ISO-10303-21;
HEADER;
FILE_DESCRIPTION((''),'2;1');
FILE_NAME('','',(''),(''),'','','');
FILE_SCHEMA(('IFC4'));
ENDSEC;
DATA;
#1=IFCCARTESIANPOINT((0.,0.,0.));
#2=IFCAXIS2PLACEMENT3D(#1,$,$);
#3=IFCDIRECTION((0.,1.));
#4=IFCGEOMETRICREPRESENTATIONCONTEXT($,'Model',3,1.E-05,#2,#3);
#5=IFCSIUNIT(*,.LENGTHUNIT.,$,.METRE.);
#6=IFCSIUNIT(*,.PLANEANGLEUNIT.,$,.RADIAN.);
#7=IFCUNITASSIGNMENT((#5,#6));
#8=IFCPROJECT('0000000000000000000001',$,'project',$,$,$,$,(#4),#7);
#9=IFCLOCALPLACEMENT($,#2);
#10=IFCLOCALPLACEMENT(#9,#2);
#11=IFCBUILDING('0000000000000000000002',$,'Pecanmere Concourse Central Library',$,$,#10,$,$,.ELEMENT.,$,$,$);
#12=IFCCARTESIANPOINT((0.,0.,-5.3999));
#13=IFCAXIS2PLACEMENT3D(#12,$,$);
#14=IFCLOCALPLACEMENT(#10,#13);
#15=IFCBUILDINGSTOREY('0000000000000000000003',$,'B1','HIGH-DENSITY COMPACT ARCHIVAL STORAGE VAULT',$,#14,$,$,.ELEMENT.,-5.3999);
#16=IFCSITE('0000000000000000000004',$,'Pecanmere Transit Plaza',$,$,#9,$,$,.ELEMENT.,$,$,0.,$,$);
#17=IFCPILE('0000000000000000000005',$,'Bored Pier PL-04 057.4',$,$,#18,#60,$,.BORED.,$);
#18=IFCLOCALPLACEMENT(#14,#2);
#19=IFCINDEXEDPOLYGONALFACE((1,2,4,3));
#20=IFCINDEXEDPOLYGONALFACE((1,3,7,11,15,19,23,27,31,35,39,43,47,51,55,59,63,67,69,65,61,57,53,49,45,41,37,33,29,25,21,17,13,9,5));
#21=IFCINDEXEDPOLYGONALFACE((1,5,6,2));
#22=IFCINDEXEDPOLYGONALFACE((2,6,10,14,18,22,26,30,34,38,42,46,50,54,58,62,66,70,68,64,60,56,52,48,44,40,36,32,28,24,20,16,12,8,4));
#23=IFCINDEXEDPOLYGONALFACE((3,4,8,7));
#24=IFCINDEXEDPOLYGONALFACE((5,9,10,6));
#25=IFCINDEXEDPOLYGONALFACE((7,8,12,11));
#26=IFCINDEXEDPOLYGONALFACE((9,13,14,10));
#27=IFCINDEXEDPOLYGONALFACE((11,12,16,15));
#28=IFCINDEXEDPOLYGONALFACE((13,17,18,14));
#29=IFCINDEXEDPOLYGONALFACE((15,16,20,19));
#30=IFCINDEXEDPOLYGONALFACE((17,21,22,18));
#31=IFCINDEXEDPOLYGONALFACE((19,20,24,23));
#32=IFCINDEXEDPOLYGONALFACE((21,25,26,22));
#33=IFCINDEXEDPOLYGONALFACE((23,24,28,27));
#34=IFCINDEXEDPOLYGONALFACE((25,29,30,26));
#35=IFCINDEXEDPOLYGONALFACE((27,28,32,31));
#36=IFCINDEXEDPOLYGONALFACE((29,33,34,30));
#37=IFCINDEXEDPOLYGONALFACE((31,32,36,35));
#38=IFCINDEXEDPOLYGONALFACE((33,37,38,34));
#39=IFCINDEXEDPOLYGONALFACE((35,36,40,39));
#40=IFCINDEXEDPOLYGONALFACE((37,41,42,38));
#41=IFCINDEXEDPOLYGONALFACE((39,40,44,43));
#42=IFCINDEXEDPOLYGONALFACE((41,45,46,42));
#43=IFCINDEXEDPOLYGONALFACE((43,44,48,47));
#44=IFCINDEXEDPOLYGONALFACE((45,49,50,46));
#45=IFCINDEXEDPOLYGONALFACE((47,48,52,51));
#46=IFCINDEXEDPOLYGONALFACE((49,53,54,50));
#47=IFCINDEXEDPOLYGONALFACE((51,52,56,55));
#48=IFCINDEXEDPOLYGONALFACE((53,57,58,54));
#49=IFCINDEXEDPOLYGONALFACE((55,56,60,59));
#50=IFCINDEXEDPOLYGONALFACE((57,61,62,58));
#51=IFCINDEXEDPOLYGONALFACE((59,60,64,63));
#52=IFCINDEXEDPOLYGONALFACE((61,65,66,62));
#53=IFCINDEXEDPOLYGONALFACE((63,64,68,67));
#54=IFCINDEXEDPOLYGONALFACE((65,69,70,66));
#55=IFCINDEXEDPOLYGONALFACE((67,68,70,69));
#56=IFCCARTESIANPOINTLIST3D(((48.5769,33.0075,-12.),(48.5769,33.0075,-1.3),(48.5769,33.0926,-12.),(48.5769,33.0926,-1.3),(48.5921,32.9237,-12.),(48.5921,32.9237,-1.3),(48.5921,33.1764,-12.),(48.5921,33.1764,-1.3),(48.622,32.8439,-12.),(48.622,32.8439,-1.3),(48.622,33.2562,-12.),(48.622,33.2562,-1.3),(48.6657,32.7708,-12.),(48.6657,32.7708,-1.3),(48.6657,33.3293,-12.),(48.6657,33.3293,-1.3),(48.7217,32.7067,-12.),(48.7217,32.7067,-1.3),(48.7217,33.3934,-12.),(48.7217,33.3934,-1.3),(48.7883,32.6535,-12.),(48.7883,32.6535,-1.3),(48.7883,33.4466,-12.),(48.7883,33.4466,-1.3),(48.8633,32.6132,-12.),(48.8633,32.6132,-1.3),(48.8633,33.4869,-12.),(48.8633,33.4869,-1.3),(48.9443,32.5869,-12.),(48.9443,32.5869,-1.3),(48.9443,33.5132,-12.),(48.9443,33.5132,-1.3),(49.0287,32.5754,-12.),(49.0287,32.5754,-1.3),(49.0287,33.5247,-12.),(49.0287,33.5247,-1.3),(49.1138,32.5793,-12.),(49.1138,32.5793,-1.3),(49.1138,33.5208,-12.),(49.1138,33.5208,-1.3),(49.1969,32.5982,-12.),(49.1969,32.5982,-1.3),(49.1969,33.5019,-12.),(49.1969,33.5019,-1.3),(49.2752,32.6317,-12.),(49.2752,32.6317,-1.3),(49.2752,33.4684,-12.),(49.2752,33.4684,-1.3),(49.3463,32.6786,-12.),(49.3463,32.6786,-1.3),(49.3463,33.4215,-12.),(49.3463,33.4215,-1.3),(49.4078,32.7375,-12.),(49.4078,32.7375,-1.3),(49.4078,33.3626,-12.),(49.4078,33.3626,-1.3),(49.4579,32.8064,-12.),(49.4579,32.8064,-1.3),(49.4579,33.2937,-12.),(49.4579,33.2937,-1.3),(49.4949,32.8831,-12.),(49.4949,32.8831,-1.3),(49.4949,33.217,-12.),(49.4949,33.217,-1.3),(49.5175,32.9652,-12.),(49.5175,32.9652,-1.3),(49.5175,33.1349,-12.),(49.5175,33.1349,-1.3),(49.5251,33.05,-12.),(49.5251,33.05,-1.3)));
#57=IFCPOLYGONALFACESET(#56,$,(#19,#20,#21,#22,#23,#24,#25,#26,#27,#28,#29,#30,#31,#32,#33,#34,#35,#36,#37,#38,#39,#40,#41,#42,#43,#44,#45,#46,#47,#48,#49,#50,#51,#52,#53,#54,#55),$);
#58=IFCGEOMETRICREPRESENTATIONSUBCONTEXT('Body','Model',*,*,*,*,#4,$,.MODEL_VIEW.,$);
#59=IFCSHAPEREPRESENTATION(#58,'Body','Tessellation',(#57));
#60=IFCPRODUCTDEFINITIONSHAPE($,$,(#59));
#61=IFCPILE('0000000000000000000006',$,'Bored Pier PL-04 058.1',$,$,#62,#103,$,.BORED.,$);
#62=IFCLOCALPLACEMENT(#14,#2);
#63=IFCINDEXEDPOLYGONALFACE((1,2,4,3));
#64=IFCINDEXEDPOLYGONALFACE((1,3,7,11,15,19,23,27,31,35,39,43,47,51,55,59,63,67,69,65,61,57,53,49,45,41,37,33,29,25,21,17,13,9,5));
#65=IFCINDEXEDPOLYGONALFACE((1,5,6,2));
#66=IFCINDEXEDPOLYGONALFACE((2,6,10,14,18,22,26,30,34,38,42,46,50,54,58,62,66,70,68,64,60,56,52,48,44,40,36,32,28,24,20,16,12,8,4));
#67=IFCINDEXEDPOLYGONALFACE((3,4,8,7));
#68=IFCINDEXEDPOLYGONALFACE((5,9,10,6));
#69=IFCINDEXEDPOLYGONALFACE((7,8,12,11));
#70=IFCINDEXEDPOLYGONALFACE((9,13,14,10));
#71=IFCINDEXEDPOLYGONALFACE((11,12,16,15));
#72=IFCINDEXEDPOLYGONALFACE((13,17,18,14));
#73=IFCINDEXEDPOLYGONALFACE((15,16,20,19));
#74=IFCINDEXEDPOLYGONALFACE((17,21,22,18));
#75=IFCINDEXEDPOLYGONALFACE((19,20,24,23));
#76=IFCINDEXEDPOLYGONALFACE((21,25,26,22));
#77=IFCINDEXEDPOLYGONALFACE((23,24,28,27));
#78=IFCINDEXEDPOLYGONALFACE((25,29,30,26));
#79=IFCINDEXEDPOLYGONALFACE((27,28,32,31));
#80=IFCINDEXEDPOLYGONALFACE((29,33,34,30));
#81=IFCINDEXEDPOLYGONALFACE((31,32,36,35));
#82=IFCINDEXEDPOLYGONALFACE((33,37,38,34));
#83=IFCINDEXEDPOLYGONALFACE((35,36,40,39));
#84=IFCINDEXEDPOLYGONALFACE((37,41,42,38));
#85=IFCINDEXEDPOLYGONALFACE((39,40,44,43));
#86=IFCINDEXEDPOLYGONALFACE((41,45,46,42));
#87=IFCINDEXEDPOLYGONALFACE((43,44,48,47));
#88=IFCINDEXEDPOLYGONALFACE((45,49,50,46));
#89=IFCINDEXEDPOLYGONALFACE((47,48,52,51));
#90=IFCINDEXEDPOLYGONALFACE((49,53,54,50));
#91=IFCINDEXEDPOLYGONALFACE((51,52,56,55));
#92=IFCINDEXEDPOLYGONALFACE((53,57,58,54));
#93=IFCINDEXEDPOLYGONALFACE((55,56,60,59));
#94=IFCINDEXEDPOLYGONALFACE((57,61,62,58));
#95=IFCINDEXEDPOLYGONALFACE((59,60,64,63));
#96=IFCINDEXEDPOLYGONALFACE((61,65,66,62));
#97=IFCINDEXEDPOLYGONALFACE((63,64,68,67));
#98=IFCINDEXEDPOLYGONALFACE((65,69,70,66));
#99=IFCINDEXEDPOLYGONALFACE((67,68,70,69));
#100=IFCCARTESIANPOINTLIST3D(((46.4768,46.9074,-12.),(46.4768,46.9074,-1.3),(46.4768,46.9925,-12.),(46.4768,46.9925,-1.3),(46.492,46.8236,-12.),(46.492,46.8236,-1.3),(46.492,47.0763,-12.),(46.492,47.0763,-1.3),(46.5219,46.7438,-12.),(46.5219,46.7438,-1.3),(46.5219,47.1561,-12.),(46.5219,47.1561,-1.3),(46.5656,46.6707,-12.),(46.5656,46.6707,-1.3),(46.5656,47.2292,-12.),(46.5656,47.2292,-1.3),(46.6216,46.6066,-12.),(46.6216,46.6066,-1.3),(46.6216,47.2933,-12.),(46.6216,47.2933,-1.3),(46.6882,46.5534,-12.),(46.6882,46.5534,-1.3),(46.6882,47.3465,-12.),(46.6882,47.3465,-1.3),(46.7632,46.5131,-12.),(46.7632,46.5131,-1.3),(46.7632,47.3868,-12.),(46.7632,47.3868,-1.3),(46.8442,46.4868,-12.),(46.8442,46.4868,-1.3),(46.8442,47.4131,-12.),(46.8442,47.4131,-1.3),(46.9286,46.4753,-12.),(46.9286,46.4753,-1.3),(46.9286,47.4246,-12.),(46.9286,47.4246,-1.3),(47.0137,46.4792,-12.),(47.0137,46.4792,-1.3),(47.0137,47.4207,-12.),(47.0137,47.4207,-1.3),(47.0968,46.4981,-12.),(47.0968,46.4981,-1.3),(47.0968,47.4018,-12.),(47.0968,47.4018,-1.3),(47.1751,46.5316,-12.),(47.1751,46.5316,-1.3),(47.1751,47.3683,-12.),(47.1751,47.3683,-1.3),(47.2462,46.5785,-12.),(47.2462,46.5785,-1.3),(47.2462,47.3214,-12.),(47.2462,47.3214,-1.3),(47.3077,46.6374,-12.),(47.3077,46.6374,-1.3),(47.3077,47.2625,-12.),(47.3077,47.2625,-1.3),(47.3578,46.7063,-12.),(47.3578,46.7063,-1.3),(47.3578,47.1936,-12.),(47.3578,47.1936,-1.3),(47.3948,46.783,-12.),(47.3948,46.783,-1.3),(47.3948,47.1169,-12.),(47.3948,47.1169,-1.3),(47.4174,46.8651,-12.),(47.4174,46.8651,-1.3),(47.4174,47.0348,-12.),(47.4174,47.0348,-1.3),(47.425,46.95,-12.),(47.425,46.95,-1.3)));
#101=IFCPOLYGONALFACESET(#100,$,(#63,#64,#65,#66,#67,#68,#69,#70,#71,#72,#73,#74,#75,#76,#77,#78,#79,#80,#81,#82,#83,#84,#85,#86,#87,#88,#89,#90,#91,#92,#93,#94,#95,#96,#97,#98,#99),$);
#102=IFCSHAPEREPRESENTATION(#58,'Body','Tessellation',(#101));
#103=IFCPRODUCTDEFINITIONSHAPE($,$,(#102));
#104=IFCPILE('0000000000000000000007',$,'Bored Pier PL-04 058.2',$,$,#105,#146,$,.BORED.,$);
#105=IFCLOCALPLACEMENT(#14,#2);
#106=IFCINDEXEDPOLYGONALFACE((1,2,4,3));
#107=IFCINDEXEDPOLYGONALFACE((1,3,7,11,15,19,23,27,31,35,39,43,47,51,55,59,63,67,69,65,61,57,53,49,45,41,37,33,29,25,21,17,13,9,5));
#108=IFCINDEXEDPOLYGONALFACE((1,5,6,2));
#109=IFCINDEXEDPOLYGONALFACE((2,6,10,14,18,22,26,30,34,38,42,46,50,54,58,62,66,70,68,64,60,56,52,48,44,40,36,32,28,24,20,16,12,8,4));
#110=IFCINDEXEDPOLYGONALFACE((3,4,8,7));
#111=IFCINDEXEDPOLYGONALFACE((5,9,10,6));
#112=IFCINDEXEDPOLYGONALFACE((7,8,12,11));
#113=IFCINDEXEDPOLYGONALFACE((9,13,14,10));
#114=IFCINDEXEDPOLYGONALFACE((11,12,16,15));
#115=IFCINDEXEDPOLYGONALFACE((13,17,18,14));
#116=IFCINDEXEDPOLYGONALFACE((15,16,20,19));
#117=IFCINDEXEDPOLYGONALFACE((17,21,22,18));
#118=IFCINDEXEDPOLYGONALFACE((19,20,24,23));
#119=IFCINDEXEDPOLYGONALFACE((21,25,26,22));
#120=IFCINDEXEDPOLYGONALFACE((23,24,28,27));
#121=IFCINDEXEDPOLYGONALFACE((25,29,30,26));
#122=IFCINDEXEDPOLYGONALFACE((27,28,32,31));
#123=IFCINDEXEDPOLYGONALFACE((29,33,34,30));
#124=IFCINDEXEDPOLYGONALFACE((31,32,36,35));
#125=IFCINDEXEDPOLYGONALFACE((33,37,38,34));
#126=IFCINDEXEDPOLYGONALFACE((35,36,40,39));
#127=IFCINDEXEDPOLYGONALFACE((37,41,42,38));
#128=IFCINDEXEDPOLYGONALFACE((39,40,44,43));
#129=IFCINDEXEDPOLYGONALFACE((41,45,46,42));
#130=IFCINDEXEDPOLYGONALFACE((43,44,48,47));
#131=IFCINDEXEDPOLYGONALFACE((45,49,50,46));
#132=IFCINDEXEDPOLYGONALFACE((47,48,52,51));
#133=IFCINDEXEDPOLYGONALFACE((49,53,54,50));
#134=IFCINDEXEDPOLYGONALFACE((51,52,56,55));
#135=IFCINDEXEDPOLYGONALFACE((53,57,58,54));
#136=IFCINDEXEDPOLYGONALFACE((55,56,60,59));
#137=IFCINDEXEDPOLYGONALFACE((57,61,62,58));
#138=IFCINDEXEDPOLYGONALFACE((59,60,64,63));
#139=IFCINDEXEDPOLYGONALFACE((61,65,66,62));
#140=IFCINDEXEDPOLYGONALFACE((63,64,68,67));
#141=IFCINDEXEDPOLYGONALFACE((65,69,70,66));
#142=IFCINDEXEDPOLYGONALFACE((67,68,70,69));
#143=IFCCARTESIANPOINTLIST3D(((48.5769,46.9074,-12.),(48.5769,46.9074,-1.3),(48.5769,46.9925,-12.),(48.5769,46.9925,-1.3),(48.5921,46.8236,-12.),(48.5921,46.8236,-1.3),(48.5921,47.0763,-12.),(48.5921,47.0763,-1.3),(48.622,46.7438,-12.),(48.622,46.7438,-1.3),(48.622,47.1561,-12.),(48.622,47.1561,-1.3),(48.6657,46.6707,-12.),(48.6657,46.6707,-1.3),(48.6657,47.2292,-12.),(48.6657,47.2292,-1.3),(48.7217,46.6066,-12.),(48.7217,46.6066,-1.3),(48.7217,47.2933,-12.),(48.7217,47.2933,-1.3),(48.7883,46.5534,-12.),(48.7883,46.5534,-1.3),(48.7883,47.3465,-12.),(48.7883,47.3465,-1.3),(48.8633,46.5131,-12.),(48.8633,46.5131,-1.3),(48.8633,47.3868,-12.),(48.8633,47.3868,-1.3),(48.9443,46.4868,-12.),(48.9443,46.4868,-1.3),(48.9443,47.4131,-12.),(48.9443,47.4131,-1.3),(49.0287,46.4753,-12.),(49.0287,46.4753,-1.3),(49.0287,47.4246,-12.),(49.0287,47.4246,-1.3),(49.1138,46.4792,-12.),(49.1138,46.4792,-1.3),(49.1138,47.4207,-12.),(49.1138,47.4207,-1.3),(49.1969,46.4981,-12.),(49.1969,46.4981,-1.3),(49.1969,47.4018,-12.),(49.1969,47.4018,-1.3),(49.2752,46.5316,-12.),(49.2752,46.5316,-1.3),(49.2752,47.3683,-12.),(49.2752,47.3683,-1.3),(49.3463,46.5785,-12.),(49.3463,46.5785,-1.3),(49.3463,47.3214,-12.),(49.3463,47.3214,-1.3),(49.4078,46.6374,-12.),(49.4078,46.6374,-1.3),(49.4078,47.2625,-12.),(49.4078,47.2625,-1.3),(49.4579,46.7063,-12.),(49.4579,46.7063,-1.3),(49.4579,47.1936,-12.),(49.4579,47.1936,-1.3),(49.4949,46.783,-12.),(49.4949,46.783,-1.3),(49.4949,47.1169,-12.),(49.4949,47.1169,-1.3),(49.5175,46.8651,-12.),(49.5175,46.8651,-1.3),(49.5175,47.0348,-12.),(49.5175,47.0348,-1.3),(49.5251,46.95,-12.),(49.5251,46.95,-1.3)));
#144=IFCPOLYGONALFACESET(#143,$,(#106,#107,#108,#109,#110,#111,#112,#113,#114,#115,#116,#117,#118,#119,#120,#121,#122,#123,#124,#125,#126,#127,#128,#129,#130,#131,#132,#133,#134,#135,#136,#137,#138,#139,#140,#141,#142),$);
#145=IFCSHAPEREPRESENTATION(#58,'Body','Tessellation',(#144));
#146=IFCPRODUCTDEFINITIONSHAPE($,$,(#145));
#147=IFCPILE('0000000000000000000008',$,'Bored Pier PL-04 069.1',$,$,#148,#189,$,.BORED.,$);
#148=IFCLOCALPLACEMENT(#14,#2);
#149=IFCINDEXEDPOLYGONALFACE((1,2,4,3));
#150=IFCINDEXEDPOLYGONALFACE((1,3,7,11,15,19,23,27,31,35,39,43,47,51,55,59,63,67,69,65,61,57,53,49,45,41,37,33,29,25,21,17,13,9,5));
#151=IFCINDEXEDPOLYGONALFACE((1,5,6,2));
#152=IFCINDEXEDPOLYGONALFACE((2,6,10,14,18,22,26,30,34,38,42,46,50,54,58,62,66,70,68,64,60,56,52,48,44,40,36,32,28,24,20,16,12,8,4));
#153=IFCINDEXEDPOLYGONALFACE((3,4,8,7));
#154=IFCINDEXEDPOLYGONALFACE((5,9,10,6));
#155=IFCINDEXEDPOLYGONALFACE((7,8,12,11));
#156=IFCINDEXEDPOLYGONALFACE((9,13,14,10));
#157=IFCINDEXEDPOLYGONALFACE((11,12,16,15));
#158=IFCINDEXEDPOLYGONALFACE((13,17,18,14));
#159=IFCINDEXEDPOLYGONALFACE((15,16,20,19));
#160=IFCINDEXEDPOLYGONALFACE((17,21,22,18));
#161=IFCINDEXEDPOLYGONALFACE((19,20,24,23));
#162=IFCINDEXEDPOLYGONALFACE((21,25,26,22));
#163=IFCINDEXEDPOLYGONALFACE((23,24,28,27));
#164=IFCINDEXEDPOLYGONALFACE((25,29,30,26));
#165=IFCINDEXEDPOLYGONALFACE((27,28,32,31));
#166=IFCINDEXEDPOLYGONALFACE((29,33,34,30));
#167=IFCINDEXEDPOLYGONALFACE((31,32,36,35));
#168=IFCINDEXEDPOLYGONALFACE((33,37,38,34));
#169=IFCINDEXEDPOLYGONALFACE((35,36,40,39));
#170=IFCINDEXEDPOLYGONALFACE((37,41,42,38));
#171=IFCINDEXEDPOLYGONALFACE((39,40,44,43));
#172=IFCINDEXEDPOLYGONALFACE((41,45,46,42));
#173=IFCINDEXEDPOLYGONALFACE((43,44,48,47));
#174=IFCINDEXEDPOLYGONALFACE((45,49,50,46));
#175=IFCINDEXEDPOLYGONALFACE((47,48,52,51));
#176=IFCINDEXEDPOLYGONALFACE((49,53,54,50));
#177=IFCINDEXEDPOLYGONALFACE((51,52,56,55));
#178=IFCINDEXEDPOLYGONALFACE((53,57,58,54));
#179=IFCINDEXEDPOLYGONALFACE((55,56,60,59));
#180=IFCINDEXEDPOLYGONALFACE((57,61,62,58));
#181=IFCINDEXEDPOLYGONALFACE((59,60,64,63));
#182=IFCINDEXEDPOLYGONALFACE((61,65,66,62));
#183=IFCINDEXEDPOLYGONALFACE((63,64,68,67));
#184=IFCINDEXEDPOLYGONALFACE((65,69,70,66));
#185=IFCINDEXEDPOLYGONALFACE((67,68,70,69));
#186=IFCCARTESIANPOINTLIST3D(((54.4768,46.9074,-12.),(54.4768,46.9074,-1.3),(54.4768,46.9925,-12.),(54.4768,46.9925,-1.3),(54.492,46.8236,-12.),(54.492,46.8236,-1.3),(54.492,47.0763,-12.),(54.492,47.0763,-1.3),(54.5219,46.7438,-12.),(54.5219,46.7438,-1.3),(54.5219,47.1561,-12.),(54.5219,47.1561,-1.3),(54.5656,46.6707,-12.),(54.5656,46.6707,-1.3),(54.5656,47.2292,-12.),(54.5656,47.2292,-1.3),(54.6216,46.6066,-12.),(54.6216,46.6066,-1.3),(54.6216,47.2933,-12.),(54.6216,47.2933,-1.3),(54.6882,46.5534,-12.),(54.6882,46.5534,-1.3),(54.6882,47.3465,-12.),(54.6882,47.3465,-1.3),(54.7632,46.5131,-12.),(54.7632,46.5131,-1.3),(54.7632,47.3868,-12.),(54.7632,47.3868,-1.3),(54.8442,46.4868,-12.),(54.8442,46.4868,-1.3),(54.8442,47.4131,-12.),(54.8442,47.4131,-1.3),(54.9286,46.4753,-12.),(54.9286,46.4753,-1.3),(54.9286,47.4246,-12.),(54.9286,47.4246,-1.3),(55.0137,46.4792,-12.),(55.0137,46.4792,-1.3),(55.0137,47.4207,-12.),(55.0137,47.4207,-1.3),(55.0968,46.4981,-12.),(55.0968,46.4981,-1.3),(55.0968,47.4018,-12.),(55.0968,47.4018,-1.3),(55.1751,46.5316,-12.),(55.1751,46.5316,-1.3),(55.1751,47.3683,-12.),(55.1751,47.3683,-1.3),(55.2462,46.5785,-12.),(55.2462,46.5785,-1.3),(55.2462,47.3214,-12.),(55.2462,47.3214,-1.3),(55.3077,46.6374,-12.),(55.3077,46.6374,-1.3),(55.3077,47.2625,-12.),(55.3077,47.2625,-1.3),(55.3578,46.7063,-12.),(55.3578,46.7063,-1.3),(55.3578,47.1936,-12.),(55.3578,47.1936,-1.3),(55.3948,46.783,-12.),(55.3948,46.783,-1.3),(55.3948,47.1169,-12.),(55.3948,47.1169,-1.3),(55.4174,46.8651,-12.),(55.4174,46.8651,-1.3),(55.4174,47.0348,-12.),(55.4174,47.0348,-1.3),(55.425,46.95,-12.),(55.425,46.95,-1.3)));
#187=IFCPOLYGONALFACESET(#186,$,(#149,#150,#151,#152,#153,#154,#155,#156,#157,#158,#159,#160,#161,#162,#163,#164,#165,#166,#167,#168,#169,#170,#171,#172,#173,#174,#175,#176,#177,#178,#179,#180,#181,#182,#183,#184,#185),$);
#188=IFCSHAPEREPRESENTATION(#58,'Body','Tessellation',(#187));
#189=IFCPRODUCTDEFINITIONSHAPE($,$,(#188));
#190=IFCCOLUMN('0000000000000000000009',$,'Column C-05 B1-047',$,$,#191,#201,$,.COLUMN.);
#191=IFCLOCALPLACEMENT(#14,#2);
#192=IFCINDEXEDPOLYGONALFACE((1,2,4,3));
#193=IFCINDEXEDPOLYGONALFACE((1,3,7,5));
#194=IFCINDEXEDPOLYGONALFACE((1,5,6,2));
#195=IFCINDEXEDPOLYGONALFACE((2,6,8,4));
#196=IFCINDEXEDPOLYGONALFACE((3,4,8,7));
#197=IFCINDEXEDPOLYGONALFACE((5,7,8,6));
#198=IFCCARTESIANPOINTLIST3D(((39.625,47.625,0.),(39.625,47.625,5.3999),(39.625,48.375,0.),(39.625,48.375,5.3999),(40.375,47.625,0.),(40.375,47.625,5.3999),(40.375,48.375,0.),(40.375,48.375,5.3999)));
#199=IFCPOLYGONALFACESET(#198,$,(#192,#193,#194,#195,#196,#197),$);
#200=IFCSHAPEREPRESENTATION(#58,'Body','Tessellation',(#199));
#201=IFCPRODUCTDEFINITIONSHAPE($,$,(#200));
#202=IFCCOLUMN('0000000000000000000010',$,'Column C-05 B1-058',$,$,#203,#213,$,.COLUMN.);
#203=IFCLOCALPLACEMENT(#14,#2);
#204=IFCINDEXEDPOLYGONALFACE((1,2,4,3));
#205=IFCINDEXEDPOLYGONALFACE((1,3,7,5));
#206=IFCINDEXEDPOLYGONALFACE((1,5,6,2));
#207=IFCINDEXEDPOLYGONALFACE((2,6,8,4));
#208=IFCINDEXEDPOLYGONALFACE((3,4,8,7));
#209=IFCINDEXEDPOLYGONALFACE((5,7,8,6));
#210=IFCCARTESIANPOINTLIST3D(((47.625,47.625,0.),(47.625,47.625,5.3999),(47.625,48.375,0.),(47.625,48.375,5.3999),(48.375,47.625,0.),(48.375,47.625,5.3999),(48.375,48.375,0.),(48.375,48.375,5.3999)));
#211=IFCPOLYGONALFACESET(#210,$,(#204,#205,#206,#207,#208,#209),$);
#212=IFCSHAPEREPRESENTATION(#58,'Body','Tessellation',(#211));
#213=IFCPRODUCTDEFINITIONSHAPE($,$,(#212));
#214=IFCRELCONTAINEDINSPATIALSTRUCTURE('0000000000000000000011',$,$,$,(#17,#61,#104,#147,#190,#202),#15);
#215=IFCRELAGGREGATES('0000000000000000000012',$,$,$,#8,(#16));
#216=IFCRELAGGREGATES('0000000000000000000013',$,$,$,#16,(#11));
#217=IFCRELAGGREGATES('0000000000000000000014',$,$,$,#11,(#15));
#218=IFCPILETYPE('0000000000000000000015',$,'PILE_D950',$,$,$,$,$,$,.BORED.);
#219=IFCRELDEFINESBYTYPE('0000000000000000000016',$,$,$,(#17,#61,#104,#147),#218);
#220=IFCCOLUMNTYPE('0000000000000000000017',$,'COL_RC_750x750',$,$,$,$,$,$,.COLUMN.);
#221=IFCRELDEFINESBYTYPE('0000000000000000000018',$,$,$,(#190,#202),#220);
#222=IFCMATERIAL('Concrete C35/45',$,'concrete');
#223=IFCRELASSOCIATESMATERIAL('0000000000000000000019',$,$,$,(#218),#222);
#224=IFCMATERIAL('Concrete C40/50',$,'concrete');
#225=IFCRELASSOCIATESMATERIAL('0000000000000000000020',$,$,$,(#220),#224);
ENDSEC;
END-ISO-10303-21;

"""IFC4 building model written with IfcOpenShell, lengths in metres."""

from ifc_helpers import new_model, si_unit, direction, frame, origin, origin_2d, place, context, subcontext, project, spatial, rectangle, circle, extrude, material, material_profile, profile_set, type_object, element, save


model = new_model("IFC4")

# Units and contexts
model_context = context("Model", 3, precision=1e-05, world=origin(), true_north=direction((0.0, 1.0)))
body_context = subcontext(model_context, "Body", "Model", "MODEL_VIEW")
ifc_project = project(units=[si_unit("LENGTHUNIT", "METRE"), si_unit("PLANEANGLEUNIT", "RADIAN")], contexts=[model_context])

# Site, building, storey
site_placement = place(None, origin())
site = spatial("IfcSite", under=ifc_project, at=site_placement, Name="Pecanmere Transit Plaza", CompositionType="ELEMENT", RefElevation=0.0)
building_placement = place(site_placement, origin())
building = spatial("IfcBuilding", under=site, at=building_placement, Name="Pecanmere Concourse Central Library", CompositionType="ELEMENT")
storey_placement = place(building_placement, frame((0.0, 0.0, -5.3999)))
storey = spatial("IfcBuildingStorey", under=building, at=storey_placement, Name="B1", Description="HIGH-DENSITY COMPACT ARCHIVAL STORAGE VAULT", CompositionType="ELEMENT", Elevation=-5.3999)

# Piles
ifc_material_1 = material(Name="Concrete C35/45", Category="concrete")
ifc_material_profile_1 = material_profile(ifc_material_1, circle(Radius=0.4751, at=origin_2d()), Name="PIER D950")
ifc_profile_set_1 = profile_set([ifc_material_profile_1], Name="Concrete C35/45")
pile_type = type_object("IfcPileType", Name="PILE_D950", PredefinedType="BORED", material=ifc_profile_set_1)
for number, where, z_axis, x_axis, name in (
    (1, (49.05, 33.05, -1.3), (0.0, 0.0, -1.0), (1.0, 0.0, 0.0), "Bored Pier PL-04 057.4"),
    (2, (46.95, 46.95, -1.3), (0.0, 0.0, -1.0), (1.0, 0.0, 0.0), "Bored Pier PL-04 058.1"),
    (3, (49.05, 46.95, -1.3), (0.0, 0.0, -1.0), (1.0, 0.0, 0.0), "Bored Pier PL-04 058.2"),
    (4, (54.95, 46.95, -1.3), (0.0, 0.0, -1.0), (1.0, 0.0, 0.0), "Bored Pier PL-04 069.1"),
):
    element("IfcPile", number, at=place(storey_placement, frame(where, z_axis=z_axis, x_axis=x_axis)), inside=storey, type_object=pile_type, Name=name, PredefinedType="BORED", context=body_context, shape_type="SweptSolid", body=[
        extrude(circle(Radius=0.4751, at=origin_2d()), origin(), (0.0, 0.0, 1.0), 10.7),
    ])

# Columns
ifc_material_2 = material(Name="Concrete C40/50", Category="concrete")
ifc_material_profile_2 = material_profile(ifc_material_2, rectangle(XDim=0.75, YDim=0.75, at=origin_2d()), Name="RC 750x750")
ifc_profile_set_2 = profile_set([ifc_material_profile_2], Name="Concrete C40/50")
column_type = type_object("IfcColumnType", Name="COL_RC_750x750", PredefinedType="COLUMN", material=ifc_profile_set_2)
for number, where, z_axis, x_axis, name in (
    (5, (40.0, 48.0, 0.0), (0.0, 0.0, 1.0), (1.0, 0.0, 0.0), "Column C-05 B1-047"),
    (6, (48.0, 48.0, 0.0), (0.0, 0.0, 1.0), (1.0, 0.0, 0.0), "Column C-05 B1-058"),
):
    element("IfcColumn", number, at=place(storey_placement, frame(where, z_axis=z_axis, x_axis=x_axis)), inside=storey, type_object=column_type, Name=name, PredefinedType="COLUMN", context=body_context, shape_type="SweptSolid", body=[
        extrude(rectangle(XDim=0.75, YDim=0.75, at=origin_2d()), origin(), (0.0, 0.0, 1.0), 5.3999),
    ])

save(model, "model.ifc")
